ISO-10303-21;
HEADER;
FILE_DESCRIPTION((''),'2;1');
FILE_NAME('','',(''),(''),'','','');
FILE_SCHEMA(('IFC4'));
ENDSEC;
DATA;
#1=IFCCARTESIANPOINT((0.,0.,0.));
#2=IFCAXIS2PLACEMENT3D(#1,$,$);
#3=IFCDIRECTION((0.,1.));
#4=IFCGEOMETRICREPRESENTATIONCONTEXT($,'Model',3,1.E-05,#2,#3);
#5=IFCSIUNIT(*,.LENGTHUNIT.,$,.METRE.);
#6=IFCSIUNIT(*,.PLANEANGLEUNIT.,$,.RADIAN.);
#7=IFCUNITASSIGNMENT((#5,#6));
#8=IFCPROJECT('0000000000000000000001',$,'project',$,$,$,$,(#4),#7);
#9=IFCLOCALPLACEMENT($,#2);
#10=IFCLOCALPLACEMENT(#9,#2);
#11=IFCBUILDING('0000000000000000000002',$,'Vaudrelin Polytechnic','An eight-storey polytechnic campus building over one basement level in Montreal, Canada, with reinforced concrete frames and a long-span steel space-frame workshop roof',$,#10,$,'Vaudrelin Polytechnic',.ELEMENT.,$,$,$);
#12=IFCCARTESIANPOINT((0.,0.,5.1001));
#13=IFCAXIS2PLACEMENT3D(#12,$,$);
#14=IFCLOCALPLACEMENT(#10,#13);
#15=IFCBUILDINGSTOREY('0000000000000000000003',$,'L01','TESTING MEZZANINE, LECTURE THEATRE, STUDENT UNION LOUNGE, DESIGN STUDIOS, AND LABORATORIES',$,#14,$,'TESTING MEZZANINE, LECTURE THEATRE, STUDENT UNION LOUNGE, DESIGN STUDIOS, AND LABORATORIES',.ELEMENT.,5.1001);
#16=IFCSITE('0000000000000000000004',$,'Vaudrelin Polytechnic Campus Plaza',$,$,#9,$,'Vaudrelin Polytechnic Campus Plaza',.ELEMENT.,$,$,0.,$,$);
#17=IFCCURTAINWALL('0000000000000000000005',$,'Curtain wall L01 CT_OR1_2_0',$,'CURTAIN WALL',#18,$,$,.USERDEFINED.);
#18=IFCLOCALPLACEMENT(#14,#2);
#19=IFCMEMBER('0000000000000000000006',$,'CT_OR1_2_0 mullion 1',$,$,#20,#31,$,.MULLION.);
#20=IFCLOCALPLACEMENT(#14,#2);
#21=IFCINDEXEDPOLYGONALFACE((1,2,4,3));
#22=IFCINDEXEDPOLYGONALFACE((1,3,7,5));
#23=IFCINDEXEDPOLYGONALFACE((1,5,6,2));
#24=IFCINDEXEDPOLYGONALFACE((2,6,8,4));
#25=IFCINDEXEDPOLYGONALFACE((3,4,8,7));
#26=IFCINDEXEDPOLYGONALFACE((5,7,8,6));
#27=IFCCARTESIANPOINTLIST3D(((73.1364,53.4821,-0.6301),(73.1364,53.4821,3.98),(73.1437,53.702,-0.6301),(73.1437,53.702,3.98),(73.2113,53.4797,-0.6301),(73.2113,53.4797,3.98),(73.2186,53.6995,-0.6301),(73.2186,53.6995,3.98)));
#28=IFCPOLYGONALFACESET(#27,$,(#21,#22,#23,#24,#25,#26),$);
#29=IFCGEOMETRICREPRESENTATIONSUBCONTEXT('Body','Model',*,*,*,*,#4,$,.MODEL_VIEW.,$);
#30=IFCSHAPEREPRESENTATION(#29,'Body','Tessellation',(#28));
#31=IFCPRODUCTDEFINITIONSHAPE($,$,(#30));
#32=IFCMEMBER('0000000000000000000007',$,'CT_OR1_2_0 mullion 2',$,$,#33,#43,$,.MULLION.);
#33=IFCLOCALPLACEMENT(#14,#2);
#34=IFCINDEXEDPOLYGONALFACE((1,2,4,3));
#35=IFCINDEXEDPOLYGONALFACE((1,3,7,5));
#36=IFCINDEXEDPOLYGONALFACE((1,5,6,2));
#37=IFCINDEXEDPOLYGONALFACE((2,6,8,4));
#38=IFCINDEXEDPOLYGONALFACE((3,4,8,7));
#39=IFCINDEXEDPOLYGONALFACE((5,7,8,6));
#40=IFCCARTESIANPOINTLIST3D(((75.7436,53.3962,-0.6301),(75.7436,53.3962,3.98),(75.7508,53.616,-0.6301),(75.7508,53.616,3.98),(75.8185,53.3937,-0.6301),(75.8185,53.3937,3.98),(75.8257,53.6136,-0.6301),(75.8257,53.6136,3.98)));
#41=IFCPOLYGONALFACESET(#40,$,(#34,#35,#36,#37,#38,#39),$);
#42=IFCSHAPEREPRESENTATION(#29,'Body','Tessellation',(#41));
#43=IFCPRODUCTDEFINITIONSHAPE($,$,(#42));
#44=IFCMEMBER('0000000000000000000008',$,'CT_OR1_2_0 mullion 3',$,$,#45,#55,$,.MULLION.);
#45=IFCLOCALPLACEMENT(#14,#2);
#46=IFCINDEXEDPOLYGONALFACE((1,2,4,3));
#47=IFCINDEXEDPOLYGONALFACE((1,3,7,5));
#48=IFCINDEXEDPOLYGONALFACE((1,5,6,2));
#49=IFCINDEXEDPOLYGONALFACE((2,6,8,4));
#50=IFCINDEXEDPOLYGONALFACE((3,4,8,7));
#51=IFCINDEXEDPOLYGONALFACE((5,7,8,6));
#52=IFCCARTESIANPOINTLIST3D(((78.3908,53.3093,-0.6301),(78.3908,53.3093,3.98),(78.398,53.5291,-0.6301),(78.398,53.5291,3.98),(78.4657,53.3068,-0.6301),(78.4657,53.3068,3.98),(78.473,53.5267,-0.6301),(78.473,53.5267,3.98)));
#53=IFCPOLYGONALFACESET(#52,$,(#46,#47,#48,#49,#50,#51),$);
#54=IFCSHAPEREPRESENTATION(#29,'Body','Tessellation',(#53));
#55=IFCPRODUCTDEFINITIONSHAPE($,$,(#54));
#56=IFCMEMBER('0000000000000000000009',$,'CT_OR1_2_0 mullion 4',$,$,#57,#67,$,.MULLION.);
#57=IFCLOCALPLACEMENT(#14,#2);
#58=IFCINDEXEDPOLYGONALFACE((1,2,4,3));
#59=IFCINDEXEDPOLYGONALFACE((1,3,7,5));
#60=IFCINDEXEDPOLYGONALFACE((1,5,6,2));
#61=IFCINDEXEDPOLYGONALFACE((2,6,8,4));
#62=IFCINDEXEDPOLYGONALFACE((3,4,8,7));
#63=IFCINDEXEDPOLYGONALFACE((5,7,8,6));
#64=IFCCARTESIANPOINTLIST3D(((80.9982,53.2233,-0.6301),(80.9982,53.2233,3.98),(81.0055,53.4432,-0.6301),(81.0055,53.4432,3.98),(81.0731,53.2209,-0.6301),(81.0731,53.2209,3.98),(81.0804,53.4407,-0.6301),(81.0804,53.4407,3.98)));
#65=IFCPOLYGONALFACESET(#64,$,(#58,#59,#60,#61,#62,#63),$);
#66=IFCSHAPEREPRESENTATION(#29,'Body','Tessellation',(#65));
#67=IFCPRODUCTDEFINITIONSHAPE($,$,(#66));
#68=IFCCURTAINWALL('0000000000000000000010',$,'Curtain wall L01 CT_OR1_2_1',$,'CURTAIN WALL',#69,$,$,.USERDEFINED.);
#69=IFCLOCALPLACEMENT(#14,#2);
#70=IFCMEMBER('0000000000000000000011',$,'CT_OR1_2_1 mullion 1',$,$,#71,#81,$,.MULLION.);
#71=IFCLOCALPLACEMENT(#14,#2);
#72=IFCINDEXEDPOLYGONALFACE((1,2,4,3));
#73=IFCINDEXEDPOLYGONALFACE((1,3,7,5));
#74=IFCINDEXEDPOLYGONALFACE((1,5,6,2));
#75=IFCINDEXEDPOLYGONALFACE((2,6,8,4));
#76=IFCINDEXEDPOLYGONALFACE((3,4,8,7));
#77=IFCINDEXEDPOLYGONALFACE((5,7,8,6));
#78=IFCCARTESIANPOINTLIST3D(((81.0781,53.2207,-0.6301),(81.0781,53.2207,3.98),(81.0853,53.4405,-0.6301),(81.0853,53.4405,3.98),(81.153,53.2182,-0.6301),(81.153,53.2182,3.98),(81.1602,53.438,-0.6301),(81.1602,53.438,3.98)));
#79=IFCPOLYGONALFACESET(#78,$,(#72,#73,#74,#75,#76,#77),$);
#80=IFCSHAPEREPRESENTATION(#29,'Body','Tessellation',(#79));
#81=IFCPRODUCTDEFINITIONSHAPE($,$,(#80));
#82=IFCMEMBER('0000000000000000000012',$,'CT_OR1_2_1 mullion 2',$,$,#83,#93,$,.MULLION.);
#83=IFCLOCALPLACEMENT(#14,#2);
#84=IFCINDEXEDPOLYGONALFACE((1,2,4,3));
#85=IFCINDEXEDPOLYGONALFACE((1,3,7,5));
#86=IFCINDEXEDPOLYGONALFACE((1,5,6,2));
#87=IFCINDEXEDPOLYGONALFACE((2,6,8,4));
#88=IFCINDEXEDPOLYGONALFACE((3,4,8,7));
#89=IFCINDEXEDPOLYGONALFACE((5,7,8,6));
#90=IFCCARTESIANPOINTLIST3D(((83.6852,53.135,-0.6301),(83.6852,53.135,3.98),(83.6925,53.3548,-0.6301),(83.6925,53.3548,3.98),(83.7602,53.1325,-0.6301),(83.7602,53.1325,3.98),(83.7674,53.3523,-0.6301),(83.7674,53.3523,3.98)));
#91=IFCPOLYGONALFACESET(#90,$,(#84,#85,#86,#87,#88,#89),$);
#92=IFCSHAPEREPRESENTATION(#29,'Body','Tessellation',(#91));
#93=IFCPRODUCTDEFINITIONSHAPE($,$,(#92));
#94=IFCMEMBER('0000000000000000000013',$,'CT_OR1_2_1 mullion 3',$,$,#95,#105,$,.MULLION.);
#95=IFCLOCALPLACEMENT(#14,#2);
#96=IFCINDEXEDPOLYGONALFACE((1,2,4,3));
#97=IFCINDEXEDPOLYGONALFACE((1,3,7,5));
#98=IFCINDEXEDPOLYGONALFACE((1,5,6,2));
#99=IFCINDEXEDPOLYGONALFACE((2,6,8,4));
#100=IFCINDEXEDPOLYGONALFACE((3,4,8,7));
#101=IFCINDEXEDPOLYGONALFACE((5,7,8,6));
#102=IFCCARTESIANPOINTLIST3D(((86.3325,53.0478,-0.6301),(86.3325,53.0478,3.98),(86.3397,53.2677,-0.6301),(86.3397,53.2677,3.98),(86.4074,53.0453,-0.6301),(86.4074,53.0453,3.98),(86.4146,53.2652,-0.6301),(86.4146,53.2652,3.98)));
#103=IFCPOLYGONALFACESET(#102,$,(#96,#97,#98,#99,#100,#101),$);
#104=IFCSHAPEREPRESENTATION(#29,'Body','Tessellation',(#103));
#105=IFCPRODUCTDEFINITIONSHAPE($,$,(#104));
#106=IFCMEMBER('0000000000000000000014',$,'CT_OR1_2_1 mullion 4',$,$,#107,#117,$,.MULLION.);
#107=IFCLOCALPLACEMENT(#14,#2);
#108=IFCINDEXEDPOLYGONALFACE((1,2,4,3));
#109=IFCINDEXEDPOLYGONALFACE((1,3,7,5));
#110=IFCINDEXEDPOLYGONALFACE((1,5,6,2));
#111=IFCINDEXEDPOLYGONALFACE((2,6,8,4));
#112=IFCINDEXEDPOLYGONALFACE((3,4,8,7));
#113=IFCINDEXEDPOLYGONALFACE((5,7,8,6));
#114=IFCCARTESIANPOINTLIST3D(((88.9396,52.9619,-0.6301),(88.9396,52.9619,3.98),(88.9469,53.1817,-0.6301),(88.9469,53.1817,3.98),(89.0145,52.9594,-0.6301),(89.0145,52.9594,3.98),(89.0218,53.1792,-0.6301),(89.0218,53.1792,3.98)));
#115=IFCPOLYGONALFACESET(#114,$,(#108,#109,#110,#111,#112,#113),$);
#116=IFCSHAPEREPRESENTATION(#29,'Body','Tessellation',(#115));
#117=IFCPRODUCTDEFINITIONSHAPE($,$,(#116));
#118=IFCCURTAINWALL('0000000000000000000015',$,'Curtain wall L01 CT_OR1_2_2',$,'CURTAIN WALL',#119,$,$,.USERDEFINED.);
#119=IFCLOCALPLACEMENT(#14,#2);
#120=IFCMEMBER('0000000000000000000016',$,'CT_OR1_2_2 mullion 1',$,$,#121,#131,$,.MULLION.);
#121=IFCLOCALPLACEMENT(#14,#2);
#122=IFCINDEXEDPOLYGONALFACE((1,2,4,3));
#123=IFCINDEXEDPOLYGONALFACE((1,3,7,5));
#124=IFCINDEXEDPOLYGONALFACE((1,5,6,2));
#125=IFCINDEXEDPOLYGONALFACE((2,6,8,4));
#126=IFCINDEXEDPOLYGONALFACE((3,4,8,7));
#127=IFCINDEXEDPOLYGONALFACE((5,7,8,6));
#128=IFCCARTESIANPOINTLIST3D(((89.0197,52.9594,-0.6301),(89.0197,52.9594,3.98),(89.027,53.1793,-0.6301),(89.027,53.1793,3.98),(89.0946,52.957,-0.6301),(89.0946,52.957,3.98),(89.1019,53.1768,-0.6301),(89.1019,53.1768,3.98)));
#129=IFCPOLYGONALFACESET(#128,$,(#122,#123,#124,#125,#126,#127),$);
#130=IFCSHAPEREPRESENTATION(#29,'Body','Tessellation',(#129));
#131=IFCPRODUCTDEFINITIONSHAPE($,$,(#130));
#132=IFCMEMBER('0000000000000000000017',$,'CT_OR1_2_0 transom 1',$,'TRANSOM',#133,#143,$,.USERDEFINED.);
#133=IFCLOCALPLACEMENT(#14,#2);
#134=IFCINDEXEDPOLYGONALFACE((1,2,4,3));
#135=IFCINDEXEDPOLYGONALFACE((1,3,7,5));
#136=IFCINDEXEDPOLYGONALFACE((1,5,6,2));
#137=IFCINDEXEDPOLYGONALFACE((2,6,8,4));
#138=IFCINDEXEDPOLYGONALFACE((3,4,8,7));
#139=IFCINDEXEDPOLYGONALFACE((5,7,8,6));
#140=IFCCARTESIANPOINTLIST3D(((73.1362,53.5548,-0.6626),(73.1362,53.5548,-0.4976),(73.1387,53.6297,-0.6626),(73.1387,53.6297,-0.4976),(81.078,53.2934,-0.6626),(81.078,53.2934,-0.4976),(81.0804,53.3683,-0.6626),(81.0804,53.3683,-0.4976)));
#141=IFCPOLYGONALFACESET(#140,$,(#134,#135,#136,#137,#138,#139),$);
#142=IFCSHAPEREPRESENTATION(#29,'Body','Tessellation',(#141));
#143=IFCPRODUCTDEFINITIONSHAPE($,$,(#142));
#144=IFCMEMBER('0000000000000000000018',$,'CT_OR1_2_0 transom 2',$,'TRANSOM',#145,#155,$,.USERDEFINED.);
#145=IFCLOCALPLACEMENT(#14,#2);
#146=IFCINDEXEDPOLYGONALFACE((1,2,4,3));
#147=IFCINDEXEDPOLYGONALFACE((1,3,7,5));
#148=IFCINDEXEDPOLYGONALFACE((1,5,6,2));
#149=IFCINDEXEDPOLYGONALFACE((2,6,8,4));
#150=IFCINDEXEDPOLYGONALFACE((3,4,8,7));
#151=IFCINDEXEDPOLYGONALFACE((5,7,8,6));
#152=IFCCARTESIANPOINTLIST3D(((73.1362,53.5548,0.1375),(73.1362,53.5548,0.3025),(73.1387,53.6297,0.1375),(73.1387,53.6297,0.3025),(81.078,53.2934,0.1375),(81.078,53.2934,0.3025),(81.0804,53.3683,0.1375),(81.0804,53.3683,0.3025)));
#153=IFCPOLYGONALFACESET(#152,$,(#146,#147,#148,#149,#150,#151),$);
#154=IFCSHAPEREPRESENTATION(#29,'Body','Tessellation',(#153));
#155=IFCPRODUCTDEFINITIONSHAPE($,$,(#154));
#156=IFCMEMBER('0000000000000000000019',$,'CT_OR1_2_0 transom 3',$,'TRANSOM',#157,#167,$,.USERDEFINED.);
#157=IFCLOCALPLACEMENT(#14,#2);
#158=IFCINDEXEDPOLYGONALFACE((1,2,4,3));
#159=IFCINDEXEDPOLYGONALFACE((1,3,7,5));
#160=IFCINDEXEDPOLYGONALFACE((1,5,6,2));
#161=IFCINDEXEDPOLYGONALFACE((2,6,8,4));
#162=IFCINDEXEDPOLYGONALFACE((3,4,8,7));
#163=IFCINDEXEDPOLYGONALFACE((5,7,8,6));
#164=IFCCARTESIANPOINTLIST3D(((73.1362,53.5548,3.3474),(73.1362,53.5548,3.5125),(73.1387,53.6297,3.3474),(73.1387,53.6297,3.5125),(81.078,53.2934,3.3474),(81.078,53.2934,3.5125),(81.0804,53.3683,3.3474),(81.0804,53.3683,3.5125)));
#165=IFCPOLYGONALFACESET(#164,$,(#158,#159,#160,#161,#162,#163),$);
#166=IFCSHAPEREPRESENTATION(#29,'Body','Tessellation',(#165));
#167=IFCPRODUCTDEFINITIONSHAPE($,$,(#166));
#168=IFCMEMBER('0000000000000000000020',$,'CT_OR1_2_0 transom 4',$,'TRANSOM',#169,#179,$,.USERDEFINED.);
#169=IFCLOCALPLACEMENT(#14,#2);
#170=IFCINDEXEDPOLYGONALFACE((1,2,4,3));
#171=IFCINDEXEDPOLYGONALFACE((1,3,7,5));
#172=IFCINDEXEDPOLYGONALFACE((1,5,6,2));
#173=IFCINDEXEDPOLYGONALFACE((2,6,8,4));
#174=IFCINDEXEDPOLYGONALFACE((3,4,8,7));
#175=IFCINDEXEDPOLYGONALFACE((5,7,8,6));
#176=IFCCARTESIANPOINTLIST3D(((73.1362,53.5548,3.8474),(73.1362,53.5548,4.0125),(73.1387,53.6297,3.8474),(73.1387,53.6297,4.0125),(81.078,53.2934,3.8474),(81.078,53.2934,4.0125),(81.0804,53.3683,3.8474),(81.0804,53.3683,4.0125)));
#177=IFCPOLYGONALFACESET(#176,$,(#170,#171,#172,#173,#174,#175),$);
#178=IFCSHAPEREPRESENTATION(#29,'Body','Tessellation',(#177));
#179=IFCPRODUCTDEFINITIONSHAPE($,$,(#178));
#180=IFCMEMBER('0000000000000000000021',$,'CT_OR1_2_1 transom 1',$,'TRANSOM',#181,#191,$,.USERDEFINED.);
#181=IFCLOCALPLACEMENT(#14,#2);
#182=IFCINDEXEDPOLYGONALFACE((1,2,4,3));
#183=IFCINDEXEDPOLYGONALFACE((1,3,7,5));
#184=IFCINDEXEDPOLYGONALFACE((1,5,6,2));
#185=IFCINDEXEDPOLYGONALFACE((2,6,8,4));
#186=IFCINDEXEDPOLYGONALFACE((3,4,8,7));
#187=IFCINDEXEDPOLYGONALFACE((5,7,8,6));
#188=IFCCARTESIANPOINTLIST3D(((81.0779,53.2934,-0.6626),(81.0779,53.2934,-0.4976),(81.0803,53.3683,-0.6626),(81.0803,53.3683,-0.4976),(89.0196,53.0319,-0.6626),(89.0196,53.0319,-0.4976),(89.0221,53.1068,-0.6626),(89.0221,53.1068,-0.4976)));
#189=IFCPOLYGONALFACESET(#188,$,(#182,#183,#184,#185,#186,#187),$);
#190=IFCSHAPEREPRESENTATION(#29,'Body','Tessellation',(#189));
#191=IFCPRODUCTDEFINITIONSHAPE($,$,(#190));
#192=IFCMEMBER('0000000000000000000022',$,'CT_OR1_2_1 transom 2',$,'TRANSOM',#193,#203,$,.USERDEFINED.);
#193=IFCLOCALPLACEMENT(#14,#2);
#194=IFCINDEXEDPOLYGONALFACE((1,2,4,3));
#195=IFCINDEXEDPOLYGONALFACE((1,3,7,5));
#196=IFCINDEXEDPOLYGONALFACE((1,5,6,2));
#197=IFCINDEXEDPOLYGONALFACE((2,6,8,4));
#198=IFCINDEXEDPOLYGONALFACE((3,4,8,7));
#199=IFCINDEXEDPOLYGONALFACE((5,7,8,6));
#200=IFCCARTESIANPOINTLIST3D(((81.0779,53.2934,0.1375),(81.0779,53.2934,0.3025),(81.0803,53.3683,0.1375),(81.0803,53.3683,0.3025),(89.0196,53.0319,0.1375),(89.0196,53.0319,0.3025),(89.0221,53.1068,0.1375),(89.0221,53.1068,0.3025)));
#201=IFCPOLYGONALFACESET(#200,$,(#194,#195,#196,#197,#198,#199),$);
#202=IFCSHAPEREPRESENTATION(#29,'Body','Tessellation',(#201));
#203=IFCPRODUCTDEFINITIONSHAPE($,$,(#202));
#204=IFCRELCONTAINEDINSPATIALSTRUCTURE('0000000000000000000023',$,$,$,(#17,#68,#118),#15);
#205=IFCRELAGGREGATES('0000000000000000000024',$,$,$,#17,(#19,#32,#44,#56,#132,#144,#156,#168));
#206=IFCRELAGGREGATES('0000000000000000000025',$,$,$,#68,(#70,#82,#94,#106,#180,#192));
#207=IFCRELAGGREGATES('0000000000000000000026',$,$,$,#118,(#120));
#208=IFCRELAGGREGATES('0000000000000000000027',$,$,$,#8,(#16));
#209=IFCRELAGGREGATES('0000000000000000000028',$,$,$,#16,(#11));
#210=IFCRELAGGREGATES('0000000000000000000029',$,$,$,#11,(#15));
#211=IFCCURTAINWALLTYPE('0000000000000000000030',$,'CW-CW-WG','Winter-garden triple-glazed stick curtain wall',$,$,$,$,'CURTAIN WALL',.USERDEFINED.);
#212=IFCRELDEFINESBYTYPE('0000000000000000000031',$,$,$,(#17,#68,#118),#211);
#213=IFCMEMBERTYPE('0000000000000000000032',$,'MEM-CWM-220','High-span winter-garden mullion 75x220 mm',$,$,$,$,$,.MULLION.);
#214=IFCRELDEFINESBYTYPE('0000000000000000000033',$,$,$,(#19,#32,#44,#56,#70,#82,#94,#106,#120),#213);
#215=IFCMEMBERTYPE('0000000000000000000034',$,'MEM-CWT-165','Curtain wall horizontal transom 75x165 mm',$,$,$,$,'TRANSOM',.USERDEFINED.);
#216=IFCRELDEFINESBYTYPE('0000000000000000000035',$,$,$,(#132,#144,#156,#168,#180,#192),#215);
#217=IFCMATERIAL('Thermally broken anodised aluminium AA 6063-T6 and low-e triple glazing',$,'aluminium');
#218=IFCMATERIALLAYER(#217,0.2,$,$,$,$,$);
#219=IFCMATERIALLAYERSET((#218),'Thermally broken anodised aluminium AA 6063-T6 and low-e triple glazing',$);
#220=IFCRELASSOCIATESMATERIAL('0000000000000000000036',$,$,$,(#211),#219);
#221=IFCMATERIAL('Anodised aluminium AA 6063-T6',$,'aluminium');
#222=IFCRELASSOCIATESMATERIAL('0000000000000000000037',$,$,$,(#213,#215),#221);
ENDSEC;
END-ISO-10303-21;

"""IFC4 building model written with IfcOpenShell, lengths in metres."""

from ifc_helpers import new_model, si_unit, direction, frame, origin, origin_2d, place, context, subcontext, project, spatial, rectangle, extrude, material, layer, layer_set, material_profile, profile_set, type_object, element, aggregate, save


model = new_model("IFC4")

# Units and contexts
model_context = context("Model", 3, precision=1e-05, world=origin(), true_north=direction((0.0, 1.0)))
body_context = subcontext(model_context, "Body", "Model", "MODEL_VIEW")
ifc_project = project(units=[si_unit("LENGTHUNIT", "METRE"), si_unit("PLANEANGLEUNIT", "RADIAN")], contexts=[model_context])

# Site, building, storey
site_placement = place(None, origin())
site = spatial("IfcSite", under=ifc_project, at=site_placement, Name="Vaudrelin Polytechnic Campus Plaza", LongName="Vaudrelin Polytechnic Campus Plaza", CompositionType="ELEMENT", RefElevation=0.0)
building_placement = place(site_placement, origin())
building = spatial("IfcBuilding", under=site, at=building_placement, Name="Vaudrelin Polytechnic", Description="An eight-storey polytechnic campus building over one basement level in Montreal, Canada, with reinforced concrete frames and a long-span steel space-frame workshop roof", LongName="Vaudrelin Polytechnic", CompositionType="ELEMENT")
storey_placement = place(building_placement, frame((0.0, 0.0, 5.1001)))
storey = spatial("IfcBuildingStorey", under=building, at=storey_placement, Name="L01", Description="TESTING MEZZANINE, LECTURE THEATRE, STUDENT UNION LOUNGE, DESIGN STUDIOS, AND LABORATORIES", LongName="TESTING MEZZANINE, LECTURE THEATRE, STUDENT UNION LOUNGE, DESIGN STUDIOS, AND LABORATORIES", CompositionType="ELEMENT", Elevation=5.1001)

# Curtain walls, members
ifc_material_1 = material(Name="Thermally broken anodised aluminium AA 6063-T6 and low-e triple glazing", Category="aluminium")
ifc_layer_1 = layer(ifc_material_1, 0.2)
ifc_layer_set_1 = layer_set([ifc_layer_1], Name="Thermally broken anodised aluminium AA 6063-T6 and low-e triple glazing")
curtain_wall_type = type_object("IfcCurtainWallType", Name="CW-CW-WG", Description="Winter-garden triple-glazed stick curtain wall", ElementType="CURTAIN WALL", PredefinedType="USERDEFINED", material=ifc_layer_set_1)
curtain_wall_1_placement = place(storey_placement, origin())
curtain_wall_1 = element("IfcCurtainWall", 1, at=curtain_wall_1_placement, inside=storey, type_object=curtain_wall_type, Name="Curtain wall L01 CT_OR1_2_0", ObjectType="CURTAIN WALL", PredefinedType="USERDEFINED")
ifc_material_2 = material(Name="Anodised aluminium AA 6063-T6", Category="aluminium")
ifc_material_profile_1 = material_profile(ifc_material_2, rectangle(XDim=0.075, YDim=0.22, at=origin_2d()), Name="CWM-75x220")
ifc_profile_set_1 = profile_set([ifc_material_profile_1], Name="Anodised aluminium AA 6063-T6")
member_type_1 = type_object("IfcMemberType", Name="MEM-CWM-220", Description="High-span winter-garden mullion 75x220 mm", PredefinedType="MULLION", material=ifc_profile_set_1)
member_1_placement = place(storey_placement, frame((73.1775, 53.5908, -0.6301), z_axis=(0.0, 0.0, 1.0), x_axis=(0.999458, -0.03291, 0.0)))
member_1 = element("IfcMember", 2, at=member_1_placement, type_object=member_type_1, Name="CT_OR1_2_0 mullion 1", PredefinedType="MULLION", context=body_context, shape_type="SweptSolid", body=[
    extrude(rectangle(XDim=0.075, YDim=0.22, at=origin_2d()), origin(), (0.0, 0.0, 1.0), 4.6101),
])
member_2_placement = place(storey_placement, frame((75.7847, 53.5049, -0.6301), z_axis=(0.0, 0.0, 1.0), x_axis=(0.999458, -0.03291, 0.0)))
member_2 = element("IfcMember", 3, at=member_2_placement, type_object=member_type_1, Name="CT_OR1_2_0 mullion 2", PredefinedType="MULLION", context=body_context, shape_type="SweptSolid", body=[
    extrude(rectangle(XDim=0.075, YDim=0.22, at=origin_2d()), origin(), (0.0, 0.0, 1.0), 4.6101),
])
member_3_placement = place(storey_placement, frame((78.4319, 53.418, -0.6301), z_axis=(0.0, 0.0, 1.0), x_axis=(0.999458, -0.03291, 0.0)))
member_3 = element("IfcMember", 4, at=member_3_placement, type_object=member_type_1, Name="CT_OR1_2_0 mullion 3", PredefinedType="MULLION", context=body_context, shape_type="SweptSolid", body=[
    extrude(rectangle(XDim=0.075, YDim=0.22, at=origin_2d()), origin(), (0.0, 0.0, 1.0), 4.6101),
])
member_4_placement = place(storey_placement, frame((81.0393, 53.332, -0.6301), z_axis=(0.0, 0.0, 1.0), x_axis=(0.999458, -0.03291, 0.0)))
member_4 = element("IfcMember", 5, at=member_4_placement, type_object=member_type_1, Name="CT_OR1_2_0 mullion 4", PredefinedType="MULLION", context=body_context, shape_type="SweptSolid", body=[
    extrude(rectangle(XDim=0.075, YDim=0.22, at=origin_2d()), origin(), (0.0, 0.0, 1.0), 4.6101),
])
curtain_wall_2_placement = place(storey_placement, origin())
curtain_wall_2 = element("IfcCurtainWall", 6, at=curtain_wall_2_placement, inside=storey, type_object=curtain_wall_type, Name="Curtain wall L01 CT_OR1_2_1", ObjectType="CURTAIN WALL", PredefinedType="USERDEFINED")
member_5_placement = place(storey_placement, frame((81.1191, 53.3293, -0.6301), z_axis=(0.0, 0.0, 1.0), x_axis=(0.999459, -0.032897, 0.0)))
member_5 = element("IfcMember", 7, at=member_5_placement, type_object=member_type_1, Name="CT_OR1_2_1 mullion 1", PredefinedType="MULLION", context=body_context, shape_type="SweptSolid", body=[
    extrude(rectangle(XDim=0.075, YDim=0.22, at=origin_2d()), origin(), (0.0, 0.0, 1.0), 4.6101),
])
member_6_placement = place(storey_placement, frame((83.7263, 53.2437, -0.6301), z_axis=(0.0, 0.0, 1.0), x_axis=(0.999459, -0.032897, 0.0)))
member_6 = element("IfcMember", 8, at=member_6_placement, type_object=member_type_1, Name="CT_OR1_2_1 mullion 2", PredefinedType="MULLION", context=body_context, shape_type="SweptSolid", body=[
    extrude(rectangle(XDim=0.075, YDim=0.22, at=origin_2d()), origin(), (0.0, 0.0, 1.0), 4.6101),
])
member_7_placement = place(storey_placement, frame((86.3735, 53.1565, -0.6301), z_axis=(0.0, 0.0, 1.0), x_axis=(0.999459, -0.032897, 0.0)))
member_7 = element("IfcMember", 9, at=member_7_placement, type_object=member_type_1, Name="CT_OR1_2_1 mullion 3", PredefinedType="MULLION", context=body_context, shape_type="SweptSolid", body=[
    extrude(rectangle(XDim=0.075, YDim=0.22, at=origin_2d()), origin(), (0.0, 0.0, 1.0), 4.6101),
])
member_8_placement = place(storey_placement, frame((88.9807, 53.0706, -0.6301), z_axis=(0.0, 0.0, 1.0), x_axis=(0.999459, -0.032897, 0.0)))
member_8 = element("IfcMember", 10, at=member_8_placement, type_object=member_type_1, Name="CT_OR1_2_1 mullion 4", PredefinedType="MULLION", context=body_context, shape_type="SweptSolid", body=[
    extrude(rectangle(XDim=0.075, YDim=0.22, at=origin_2d()), origin(), (0.0, 0.0, 1.0), 4.6101),
])

# Curtain wall, member
curtain_wall_3_placement = place(storey_placement, origin())
curtain_wall_3 = element("IfcCurtainWall", 11, at=curtain_wall_3_placement, inside=storey, type_object=curtain_wall_type, Name="Curtain wall L01 CT_OR1_2_2", ObjectType="CURTAIN WALL", PredefinedType="USERDEFINED")
member_9_placement = place(storey_placement, frame((89.0608, 53.0681, -0.6301), z_axis=(0.0, 0.0, 1.0), x_axis=(0.999458, -0.03291, 0.0)))
member_9 = element("IfcMember", 12, at=member_9_placement, type_object=member_type_1, Name="CT_OR1_2_2 mullion 1", PredefinedType="MULLION", context=body_context, shape_type="SweptSolid", body=[
    extrude(rectangle(XDim=0.075, YDim=0.22, at=origin_2d()), origin(), (0.0, 0.0, 1.0), 4.6101),
])

# Members
ifc_material_profile_2 = material_profile(ifc_material_2, rectangle(XDim=0.075, YDim=0.165, at=origin_2d()), Name="CWT-75x165")
ifc_profile_set_2 = profile_set([ifc_material_profile_2], Name="Anodised aluminium AA 6063-T6")
member_type_2 = type_object("IfcMemberType", Name="MEM-CWT-165", Description="Curtain wall horizontal transom 75x165 mm", ElementType="TRANSOM", PredefinedType="USERDEFINED", material=ifc_profile_set_2)
member_10_placement = place(storey_placement, frame((73.1375, 53.5923, -0.5801), z_axis=(0.999458, -0.032907, 0.0), x_axis=(0.032907, 0.999458, 0.0)))
member_10 = element("IfcMember", 13, at=member_10_placement, type_object=member_type_2, Name="CT_OR1_2_0 transom 1", ObjectType="TRANSOM", PredefinedType="USERDEFINED", context=body_context, shape_type="SweptSolid", body=[
    extrude(rectangle(XDim=0.075, YDim=0.165, at=origin_2d()), origin(), (0.0, 0.0, 1.0), 7.946),
])
member_11_placement = place(storey_placement, frame((73.1375, 53.5923, 0.22), z_axis=(0.999458, -0.032907, 0.0), x_axis=(0.032907, 0.999458, 0.0)))
member_11 = element("IfcMember", 14, at=member_11_placement, type_object=member_type_2, Name="CT_OR1_2_0 transom 2", ObjectType="TRANSOM", PredefinedType="USERDEFINED", context=body_context, shape_type="SweptSolid", body=[
    extrude(rectangle(XDim=0.075, YDim=0.165, at=origin_2d()), origin(), (0.0, 0.0, 1.0), 7.946),
])
member_12_placement = place(storey_placement, frame((73.1375, 53.5923, 3.4299), z_axis=(0.999458, -0.032907, 0.0), x_axis=(0.032907, 0.999458, 0.0)))
member_12 = element("IfcMember", 15, at=member_12_placement, type_object=member_type_2, Name="CT_OR1_2_0 transom 3", ObjectType="TRANSOM", PredefinedType="USERDEFINED", context=body_context, shape_type="SweptSolid", body=[
    extrude(rectangle(XDim=0.075, YDim=0.165, at=origin_2d()), origin(), (0.0, 0.0, 1.0), 7.946),
])
member_13_placement = place(storey_placement, frame((73.1375, 53.5923, 3.9299), z_axis=(0.999458, -0.032907, 0.0), x_axis=(0.032907, 0.999458, 0.0)))
member_13 = element("IfcMember", 16, at=member_13_placement, type_object=member_type_2, Name="CT_OR1_2_0 transom 4", ObjectType="TRANSOM", PredefinedType="USERDEFINED", context=body_context, shape_type="SweptSolid", body=[
    extrude(rectangle(XDim=0.075, YDim=0.165, at=origin_2d()), origin(), (0.0, 0.0, 1.0), 7.946),
])
member_14_placement = place(storey_placement, frame((81.0791, 53.3308, -0.5801), z_axis=(0.999458, -0.032907, 0.0), x_axis=(0.032907, 0.999458, 0.0)))
member_14 = element("IfcMember", 17, at=member_14_placement, type_object=member_type_2, Name="CT_OR1_2_1 transom 1", ObjectType="TRANSOM", PredefinedType="USERDEFINED", context=body_context, shape_type="SweptSolid", body=[
    extrude(rectangle(XDim=0.075, YDim=0.165, at=origin_2d()), origin(), (0.0, 0.0, 1.0), 7.946),
])
member_15_placement = place(storey_placement, frame((81.0791, 53.3308, 0.22), z_axis=(0.999458, -0.032907, 0.0), x_axis=(0.032907, 0.999458, 0.0)))
member_15 = element("IfcMember", 18, at=member_15_placement, type_object=member_type_2, Name="CT_OR1_2_1 transom 2", ObjectType="TRANSOM", PredefinedType="USERDEFINED", context=body_context, shape_type="SweptSolid", body=[
    extrude(rectangle(XDim=0.075, YDim=0.165, at=origin_2d()), origin(), (0.0, 0.0, 1.0), 7.946),
])

aggregate(curtain_wall_1, [member_1, member_2, member_3, member_4, member_10, member_11, member_12, member_13])
aggregate(curtain_wall_2, [member_5, member_6, member_7, member_8, member_14, member_15])
aggregate(curtain_wall_3, [member_9])

save(model, "model.ifc")
